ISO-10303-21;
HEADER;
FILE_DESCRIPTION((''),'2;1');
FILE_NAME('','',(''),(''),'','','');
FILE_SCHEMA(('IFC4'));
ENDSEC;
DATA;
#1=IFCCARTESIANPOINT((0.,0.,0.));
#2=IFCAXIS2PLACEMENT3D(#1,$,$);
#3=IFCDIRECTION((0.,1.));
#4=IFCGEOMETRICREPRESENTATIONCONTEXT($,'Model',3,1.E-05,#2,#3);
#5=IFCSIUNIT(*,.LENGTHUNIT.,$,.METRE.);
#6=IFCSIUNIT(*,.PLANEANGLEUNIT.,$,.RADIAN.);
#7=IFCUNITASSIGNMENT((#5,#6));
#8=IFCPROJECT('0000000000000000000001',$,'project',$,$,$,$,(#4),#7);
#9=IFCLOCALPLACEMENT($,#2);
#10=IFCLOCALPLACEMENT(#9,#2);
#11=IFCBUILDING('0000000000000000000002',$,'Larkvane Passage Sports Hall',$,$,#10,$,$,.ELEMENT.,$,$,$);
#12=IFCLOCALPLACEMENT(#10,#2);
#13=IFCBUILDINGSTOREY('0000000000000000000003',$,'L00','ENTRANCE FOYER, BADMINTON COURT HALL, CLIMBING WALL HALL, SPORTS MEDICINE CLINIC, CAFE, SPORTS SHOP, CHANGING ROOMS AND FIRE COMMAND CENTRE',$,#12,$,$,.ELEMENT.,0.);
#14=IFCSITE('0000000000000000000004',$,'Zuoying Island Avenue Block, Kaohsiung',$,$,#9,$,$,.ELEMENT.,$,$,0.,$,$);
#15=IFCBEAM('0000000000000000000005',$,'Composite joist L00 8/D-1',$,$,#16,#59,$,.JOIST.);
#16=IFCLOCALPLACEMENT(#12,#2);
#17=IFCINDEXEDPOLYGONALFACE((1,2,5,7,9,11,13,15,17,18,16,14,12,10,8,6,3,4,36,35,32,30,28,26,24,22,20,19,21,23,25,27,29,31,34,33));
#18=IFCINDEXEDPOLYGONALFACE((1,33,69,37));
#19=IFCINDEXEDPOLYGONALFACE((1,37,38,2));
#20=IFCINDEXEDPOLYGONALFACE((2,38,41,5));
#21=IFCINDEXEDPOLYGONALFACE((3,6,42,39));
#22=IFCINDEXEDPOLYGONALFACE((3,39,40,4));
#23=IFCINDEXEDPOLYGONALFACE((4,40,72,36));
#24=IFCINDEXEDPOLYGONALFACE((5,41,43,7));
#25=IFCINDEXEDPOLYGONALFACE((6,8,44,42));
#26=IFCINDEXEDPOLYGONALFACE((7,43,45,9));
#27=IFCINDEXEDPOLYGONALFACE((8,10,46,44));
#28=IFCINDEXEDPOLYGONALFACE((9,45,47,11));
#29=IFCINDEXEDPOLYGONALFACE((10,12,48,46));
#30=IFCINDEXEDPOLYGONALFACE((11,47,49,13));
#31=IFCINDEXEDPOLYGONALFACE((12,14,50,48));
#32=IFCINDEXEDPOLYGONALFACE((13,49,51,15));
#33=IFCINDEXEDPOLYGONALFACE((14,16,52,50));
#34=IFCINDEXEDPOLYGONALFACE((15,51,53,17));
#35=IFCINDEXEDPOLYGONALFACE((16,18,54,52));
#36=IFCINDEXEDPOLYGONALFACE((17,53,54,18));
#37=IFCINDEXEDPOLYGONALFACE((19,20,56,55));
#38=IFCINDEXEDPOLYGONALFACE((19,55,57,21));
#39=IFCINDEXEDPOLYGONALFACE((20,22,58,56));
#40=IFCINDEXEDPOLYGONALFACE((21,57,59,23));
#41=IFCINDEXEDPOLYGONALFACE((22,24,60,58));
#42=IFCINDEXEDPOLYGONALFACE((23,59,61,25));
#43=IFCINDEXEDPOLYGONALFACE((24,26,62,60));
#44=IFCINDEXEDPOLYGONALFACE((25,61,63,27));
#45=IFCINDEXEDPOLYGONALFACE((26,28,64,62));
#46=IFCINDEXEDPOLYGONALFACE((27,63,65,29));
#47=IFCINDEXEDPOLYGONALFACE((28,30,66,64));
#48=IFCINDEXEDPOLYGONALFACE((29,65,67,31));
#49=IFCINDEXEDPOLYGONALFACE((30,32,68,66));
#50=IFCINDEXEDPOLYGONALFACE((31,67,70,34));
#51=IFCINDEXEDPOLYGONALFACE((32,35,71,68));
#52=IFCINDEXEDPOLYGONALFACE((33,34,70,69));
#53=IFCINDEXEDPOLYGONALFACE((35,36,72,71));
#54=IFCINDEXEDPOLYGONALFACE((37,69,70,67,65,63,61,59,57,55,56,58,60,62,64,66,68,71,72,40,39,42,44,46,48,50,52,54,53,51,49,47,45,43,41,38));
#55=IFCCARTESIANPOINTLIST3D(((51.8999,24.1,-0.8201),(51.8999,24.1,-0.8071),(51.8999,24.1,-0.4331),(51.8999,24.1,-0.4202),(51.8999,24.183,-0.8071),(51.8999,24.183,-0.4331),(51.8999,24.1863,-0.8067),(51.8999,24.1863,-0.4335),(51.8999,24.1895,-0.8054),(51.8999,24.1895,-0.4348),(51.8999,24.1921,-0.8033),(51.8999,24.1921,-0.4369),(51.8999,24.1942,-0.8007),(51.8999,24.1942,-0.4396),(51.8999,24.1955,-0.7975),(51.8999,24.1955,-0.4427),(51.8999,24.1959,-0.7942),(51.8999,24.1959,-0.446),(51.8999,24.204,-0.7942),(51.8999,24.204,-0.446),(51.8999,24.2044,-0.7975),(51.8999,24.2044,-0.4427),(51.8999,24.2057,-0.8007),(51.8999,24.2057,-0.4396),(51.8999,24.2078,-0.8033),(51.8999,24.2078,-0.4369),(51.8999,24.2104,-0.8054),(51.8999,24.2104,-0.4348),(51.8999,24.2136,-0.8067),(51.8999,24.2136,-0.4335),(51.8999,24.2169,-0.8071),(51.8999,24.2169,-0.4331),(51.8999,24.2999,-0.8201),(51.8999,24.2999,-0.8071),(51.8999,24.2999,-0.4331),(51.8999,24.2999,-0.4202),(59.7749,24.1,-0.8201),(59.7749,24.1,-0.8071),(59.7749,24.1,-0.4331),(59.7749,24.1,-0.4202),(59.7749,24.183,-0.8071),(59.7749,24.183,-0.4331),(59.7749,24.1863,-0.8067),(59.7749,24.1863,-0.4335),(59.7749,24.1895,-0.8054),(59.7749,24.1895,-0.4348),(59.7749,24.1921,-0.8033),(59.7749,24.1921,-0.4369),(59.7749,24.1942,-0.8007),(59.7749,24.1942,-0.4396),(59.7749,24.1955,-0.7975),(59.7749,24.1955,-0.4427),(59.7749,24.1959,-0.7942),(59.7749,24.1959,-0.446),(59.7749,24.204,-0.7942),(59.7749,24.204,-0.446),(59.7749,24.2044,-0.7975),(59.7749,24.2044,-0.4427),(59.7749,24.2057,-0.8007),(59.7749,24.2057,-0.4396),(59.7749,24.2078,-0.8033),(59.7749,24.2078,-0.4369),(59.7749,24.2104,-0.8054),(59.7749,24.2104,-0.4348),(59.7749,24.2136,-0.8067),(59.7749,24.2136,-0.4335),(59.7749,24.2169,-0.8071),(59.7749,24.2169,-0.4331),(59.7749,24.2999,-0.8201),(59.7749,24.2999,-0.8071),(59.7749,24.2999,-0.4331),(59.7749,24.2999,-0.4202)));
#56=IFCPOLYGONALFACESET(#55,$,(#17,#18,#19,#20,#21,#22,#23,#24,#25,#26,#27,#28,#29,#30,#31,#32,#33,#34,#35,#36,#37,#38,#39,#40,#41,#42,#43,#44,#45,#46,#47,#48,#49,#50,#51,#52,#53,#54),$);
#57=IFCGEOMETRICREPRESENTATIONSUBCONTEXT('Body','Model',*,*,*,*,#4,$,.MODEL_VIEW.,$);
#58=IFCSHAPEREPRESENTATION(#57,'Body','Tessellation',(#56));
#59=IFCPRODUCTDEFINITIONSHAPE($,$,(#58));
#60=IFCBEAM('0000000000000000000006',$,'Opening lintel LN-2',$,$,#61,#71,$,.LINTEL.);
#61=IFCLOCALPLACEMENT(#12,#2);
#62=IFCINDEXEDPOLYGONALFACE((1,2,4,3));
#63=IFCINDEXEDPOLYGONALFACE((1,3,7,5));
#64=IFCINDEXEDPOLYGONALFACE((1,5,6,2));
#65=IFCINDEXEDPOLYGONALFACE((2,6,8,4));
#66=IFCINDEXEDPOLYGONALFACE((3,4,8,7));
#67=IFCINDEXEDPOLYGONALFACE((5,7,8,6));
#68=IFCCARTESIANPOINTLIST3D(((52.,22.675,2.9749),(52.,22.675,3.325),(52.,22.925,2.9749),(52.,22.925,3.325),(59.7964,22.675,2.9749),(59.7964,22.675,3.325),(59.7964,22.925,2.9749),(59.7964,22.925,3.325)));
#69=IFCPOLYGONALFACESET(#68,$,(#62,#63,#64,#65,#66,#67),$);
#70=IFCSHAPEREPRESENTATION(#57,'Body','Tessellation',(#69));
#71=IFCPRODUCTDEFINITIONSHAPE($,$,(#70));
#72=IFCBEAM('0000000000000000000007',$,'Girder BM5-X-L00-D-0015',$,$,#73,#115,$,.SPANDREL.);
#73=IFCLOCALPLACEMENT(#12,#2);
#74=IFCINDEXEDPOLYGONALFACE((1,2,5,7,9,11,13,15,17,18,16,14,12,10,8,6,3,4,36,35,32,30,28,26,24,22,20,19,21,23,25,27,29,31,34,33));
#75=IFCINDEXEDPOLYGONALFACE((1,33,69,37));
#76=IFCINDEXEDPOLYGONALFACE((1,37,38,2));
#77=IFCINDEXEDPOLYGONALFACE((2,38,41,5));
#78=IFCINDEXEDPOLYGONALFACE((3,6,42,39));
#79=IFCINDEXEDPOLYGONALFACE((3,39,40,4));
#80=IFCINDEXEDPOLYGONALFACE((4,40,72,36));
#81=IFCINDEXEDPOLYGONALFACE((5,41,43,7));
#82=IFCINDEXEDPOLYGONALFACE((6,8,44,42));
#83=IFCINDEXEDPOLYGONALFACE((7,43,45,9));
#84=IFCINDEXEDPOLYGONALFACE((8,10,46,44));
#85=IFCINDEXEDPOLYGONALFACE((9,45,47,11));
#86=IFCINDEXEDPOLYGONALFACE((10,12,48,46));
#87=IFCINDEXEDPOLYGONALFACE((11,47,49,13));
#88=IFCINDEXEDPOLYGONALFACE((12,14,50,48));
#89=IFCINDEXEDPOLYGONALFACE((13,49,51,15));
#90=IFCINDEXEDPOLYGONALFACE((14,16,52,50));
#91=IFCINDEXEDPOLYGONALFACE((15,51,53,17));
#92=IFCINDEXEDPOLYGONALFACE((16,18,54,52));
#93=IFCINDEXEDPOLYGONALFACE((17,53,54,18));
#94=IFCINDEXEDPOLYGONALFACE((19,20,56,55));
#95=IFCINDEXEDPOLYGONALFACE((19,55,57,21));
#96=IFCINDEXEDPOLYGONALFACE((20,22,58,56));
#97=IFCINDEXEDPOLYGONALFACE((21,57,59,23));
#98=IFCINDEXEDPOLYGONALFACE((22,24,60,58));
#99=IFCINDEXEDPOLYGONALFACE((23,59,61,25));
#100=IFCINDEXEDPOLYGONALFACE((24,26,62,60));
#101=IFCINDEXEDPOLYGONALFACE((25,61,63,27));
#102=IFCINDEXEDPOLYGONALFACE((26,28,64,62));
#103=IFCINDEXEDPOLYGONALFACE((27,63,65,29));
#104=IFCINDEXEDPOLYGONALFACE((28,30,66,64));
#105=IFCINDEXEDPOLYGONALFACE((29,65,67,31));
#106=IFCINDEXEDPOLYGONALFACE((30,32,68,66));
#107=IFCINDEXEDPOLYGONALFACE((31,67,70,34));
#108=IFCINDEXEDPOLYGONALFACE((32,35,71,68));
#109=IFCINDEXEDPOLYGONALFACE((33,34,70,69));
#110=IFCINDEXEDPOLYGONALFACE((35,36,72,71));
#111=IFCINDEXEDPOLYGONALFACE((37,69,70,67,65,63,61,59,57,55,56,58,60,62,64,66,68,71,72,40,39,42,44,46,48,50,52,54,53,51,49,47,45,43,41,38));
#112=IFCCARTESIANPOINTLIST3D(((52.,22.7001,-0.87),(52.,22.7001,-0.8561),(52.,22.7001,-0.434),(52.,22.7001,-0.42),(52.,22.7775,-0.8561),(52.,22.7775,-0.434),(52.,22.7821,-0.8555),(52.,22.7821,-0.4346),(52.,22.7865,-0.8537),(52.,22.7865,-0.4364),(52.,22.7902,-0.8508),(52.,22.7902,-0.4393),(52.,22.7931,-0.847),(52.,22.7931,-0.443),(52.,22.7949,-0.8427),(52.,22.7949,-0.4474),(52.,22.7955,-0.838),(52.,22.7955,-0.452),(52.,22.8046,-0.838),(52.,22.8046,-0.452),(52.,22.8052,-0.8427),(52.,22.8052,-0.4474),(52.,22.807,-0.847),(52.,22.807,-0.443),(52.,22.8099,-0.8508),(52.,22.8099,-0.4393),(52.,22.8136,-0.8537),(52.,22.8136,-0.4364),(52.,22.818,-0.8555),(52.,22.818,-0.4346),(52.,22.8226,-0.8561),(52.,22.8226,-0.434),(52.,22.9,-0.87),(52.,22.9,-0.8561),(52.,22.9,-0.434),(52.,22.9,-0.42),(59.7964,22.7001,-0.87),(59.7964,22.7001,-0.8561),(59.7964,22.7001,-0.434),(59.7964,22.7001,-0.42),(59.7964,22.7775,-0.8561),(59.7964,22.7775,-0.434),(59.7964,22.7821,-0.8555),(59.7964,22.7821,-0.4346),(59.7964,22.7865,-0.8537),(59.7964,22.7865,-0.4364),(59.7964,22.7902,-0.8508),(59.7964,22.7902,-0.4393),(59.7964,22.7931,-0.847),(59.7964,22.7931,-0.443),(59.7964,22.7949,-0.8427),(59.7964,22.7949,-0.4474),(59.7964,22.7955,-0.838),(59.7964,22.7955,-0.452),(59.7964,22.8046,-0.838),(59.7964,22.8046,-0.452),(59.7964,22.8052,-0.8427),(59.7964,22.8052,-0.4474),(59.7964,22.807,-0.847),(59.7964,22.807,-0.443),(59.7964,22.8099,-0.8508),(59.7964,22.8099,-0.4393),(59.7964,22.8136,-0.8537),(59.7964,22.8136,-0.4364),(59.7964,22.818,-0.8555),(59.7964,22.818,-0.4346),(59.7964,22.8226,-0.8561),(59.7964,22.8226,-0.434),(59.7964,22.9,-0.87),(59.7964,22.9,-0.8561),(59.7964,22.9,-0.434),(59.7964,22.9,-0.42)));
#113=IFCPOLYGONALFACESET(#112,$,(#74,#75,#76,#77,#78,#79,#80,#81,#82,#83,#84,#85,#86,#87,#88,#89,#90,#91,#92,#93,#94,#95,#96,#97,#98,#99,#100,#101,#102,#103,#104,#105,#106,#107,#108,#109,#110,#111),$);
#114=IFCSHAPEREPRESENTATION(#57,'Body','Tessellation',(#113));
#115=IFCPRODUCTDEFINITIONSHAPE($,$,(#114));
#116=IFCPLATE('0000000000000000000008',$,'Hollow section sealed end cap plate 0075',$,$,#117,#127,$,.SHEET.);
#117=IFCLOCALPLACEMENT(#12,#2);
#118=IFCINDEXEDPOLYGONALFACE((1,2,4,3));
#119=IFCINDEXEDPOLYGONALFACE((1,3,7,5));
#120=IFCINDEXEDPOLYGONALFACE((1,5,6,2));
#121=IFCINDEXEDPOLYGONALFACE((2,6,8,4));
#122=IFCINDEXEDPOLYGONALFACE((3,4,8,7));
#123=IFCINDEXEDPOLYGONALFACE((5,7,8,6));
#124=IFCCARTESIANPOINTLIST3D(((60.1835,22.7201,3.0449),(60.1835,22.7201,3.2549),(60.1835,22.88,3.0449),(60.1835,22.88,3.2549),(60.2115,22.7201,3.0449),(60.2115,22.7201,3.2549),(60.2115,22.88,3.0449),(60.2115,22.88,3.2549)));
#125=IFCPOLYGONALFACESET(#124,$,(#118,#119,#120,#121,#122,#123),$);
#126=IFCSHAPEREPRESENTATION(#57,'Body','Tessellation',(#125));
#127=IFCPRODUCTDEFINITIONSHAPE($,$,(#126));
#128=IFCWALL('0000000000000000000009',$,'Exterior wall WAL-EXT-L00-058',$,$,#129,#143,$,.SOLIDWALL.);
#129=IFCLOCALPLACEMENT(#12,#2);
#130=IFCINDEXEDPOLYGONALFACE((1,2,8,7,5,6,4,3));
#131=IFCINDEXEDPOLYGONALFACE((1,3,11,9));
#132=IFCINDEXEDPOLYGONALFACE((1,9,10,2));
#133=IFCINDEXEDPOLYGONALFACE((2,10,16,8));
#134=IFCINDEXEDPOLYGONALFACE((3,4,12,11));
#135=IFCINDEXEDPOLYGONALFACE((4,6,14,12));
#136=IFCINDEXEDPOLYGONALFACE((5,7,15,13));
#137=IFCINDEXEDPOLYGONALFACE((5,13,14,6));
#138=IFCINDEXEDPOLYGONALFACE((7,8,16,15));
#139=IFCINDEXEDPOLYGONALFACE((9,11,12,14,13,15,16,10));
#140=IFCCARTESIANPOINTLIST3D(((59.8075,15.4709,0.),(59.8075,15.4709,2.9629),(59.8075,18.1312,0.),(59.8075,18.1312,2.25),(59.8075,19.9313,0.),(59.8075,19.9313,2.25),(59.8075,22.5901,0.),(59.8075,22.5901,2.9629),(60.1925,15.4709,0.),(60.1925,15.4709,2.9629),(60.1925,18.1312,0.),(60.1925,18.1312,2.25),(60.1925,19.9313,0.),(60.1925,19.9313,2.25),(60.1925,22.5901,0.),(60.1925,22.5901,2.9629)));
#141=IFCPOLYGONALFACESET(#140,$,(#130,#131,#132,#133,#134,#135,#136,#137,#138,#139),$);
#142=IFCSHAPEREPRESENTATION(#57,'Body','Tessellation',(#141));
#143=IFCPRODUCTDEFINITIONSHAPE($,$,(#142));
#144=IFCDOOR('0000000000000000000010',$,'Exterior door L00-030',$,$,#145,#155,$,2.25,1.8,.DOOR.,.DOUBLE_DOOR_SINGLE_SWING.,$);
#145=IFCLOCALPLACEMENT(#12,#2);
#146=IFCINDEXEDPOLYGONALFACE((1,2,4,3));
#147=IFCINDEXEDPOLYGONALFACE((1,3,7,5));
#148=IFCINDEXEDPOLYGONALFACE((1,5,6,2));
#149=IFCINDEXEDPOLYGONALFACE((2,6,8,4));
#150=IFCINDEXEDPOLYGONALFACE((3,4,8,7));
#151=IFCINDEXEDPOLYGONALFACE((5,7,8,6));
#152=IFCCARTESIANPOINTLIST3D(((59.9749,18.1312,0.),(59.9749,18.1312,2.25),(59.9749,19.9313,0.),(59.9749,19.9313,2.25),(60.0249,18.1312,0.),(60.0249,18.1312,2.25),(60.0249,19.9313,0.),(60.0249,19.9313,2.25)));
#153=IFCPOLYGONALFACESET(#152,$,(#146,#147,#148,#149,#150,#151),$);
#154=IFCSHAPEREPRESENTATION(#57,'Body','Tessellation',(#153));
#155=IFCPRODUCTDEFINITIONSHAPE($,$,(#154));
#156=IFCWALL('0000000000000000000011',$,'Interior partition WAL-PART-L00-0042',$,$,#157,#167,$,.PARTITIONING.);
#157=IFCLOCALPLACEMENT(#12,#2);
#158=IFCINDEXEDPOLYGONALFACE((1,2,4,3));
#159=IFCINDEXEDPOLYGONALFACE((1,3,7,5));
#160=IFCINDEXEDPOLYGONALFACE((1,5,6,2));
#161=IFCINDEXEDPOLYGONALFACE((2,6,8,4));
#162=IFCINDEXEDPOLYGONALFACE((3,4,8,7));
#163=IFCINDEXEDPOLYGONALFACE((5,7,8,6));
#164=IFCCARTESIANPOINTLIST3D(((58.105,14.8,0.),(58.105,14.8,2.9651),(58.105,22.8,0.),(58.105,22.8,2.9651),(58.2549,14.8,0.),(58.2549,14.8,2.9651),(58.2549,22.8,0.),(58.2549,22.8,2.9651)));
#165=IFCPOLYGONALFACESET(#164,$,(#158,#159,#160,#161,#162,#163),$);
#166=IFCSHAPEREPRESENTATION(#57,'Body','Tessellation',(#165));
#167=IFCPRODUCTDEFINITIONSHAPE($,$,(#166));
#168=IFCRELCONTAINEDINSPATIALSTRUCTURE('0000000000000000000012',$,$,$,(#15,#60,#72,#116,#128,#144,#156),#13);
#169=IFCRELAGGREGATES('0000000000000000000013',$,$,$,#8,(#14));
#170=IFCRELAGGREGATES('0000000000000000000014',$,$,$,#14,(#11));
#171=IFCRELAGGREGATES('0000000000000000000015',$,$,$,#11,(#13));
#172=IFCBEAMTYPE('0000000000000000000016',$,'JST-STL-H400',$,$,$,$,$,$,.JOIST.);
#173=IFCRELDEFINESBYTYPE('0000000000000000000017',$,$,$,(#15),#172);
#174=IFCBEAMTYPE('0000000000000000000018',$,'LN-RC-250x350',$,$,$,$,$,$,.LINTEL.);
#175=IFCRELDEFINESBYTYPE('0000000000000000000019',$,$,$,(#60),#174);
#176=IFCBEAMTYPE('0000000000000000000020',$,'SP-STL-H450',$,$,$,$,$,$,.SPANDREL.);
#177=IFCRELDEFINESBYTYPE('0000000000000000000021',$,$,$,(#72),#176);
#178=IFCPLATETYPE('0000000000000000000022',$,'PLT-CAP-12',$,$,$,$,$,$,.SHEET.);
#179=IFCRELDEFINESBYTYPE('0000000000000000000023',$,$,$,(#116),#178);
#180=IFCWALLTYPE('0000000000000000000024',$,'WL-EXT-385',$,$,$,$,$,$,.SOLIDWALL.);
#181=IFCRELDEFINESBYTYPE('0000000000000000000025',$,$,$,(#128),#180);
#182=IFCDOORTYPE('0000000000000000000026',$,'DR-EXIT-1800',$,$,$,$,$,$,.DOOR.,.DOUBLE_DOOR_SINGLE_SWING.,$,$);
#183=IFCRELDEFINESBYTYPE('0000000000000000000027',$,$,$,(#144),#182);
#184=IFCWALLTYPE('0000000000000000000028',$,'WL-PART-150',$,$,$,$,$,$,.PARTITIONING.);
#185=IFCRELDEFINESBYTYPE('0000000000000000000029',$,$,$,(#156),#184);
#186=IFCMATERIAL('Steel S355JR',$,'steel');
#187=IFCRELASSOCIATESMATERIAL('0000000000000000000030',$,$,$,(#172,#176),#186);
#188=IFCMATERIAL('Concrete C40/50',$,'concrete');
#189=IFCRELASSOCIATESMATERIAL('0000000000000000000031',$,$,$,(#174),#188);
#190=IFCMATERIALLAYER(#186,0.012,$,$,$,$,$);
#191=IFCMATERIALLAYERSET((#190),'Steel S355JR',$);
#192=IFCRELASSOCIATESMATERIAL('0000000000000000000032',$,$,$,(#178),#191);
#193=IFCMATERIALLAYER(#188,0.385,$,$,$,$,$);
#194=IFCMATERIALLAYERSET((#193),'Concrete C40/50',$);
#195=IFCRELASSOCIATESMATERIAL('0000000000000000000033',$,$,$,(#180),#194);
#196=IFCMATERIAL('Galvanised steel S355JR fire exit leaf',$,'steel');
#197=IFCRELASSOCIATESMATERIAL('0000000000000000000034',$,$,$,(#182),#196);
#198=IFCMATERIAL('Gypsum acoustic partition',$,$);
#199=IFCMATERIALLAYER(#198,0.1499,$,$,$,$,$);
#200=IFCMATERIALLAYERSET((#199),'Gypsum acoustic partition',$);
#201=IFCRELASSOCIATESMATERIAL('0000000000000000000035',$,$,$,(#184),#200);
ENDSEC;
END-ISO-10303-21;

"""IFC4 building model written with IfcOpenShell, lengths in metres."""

from ifc_helpers import new_model, si_unit, direction, frame, frame_2d, origin, origin_2d, place, context, subcontext, project, spatial, rectangle, i_section, extrude, material, layer, layer_set, material_profile, profile_set, type_object, element, fill, save


model = new_model("IFC4")

# Units and contexts
model_context = context("Model", 3, precision=1e-05, world=origin(), true_north=direction((0.0, 1.0)))
body_context = subcontext(model_context, "Body", "Model", "MODEL_VIEW")
ifc_project = project(units=[si_unit("LENGTHUNIT", "METRE"), si_unit("PLANEANGLEUNIT", "RADIAN")], contexts=[model_context])

# Site, building, storey
site_placement = place(None, origin())
site = spatial("IfcSite", under=ifc_project, at=site_placement, Name="Zuoying Island Avenue Block, Kaohsiung", CompositionType="ELEMENT", RefElevation=0.0)
building_placement = place(site_placement, origin())
building = spatial("IfcBuilding", under=site, at=building_placement, Name="Larkvane Passage Sports Hall", CompositionType="ELEMENT")
storey_placement = place(building_placement, origin())
storey = spatial("IfcBuildingStorey", under=building, at=storey_placement, Name="L00", Description="ENTRANCE FOYER, BADMINTON COURT HALL, CLIMBING WALL HALL, SPORTS MEDICINE CLINIC, CAFE, SPORTS SHOP, CHANGING ROOMS AND FIRE COMMAND CENTRE", CompositionType="ELEMENT", Elevation=0.0)

# Shared definitions
ifc_material_1 = material(Name="Concrete C40/50", Category="concrete")

# Beams
ifc_material_2 = material(Name="Steel S355JR", Category="steel")
ifc_material_profile_1 = material_profile(ifc_material_2, i_section(OverallWidth=0.2, OverallDepth=0.3999, WebThickness=0.0081, FlangeThickness=0.0129, FilletRadius=0.0129, at=origin_2d()), Name="H-400x200x8x13")
ifc_profile_set_1 = profile_set([ifc_material_profile_1], Name="Steel S355JR")
beam_type_1 = type_object("IfcBeamType", Name="JST-STL-H400", PredefinedType="JOIST", material=ifc_profile_set_1)
beam_1_placement = place(storey_placement, frame((51.8999, 24.2, -0.6201), z_axis=(1.0, 0.0, 0.0), x_axis=(0.0, 1.0, 0.0)))
element("IfcBeam", 1, at=beam_1_placement, inside=storey, type_object=beam_type_1, Name="Composite joist L00 8/D-1", PredefinedType="JOIST", context=body_context, shape_type="SweptSolid", body=[
    extrude(i_section(OverallWidth=0.2, OverallDepth=0.3999, WebThickness=0.0081, FlangeThickness=0.0129, FilletRadius=0.0129, at=origin_2d()), origin(), (0.0, 0.0, 1.0), 7.875),
])
ifc_material_profile_2 = material_profile(ifc_material_1, rectangle(XDim=0.25, YDim=0.3501, at=origin_2d()), Name="RC-LN-250x350")
ifc_profile_set_2 = profile_set([ifc_material_profile_2], Name="Concrete C40/50")
beam_type_2 = type_object("IfcBeamType", Name="LN-RC-250x350", PredefinedType="LINTEL", material=ifc_profile_set_2)
beam_2_placement = place(storey_placement, frame((52.0, 22.8, 3.1499), z_axis=(1.0, 0.0, 0.0), x_axis=(0.0, 1.0, 0.0)))
element("IfcBeam", 2, at=beam_2_placement, inside=storey, type_object=beam_type_2, Name="Opening lintel LN-2", PredefinedType="LINTEL", context=body_context, shape_type="SweptSolid", body=[
    extrude(rectangle(XDim=0.25, YDim=0.3501, at=origin_2d()), origin(), (0.0, 0.0, 1.0), 7.7964),
])
ifc_material_profile_3 = material_profile(ifc_material_2, i_section(OverallWidth=0.2, OverallDepth=0.45, WebThickness=0.009, FlangeThickness=0.0139, FilletRadius=0.0181, at=origin_2d()), Name="H-450x200x9x14")
ifc_profile_set_3 = profile_set([ifc_material_profile_3], Name="Steel S355JR")
beam_type_3 = type_object("IfcBeamType", Name="SP-STL-H450", PredefinedType="SPANDREL", material=ifc_profile_set_3)
beam_3_placement = place(storey_placement, frame((52.0, 22.8, -0.645), z_axis=(1.0, 0.0, 0.0), x_axis=(0.0, 1.0, 0.0)))
element("IfcBeam", 3, at=beam_3_placement, inside=storey, type_object=beam_type_3, Name="Girder BM5-X-L00-D-0015", PredefinedType="SPANDREL", context=body_context, shape_type="SweptSolid", body=[
    extrude(i_section(OverallWidth=0.2, OverallDepth=0.45, WebThickness=0.009, FlangeThickness=0.0139, FilletRadius=0.0181, at=origin_2d()), origin(), (0.0, 0.0, 1.0), 7.7964),
])

# Plate
ifc_layer_1 = layer(ifc_material_2, 0.012)
ifc_layer_set_1 = layer_set([ifc_layer_1], Name="Steel S355JR")
plate_type = type_object("IfcPlateType", Name="PLT-CAP-12", PredefinedType="SHEET", material=ifc_layer_set_1)
plate_placement = place(storey_placement, frame((60.1975, 22.8, 3.0449), z_axis=(0.0, 0.0, 1.0), x_axis=(0.0, 1.0, 0.0)))
element("IfcPlate", 4, at=plate_placement, inside=storey, type_object=plate_type, Name="Hollow section sealed end cap plate 0075", PredefinedType="SHEET", context=body_context, shape_type="SweptSolid", body=[
    extrude(rectangle(XDim=0.1599, YDim=0.0281, at=origin_2d()), origin(), (0.0, 0.0, 1.0), 0.21),
])

# Wall, opening, door
ifc_layer_2 = layer(ifc_material_1, 0.385)
ifc_layer_set_2 = layer_set([ifc_layer_2], Name="Concrete C40/50")
wall_type_1 = type_object("IfcWallType", Name="WL-EXT-385", PredefinedType="SOLIDWALL", material=ifc_layer_set_2)
wall_1_placement = place(storey_placement, frame((60.0, 22.5901, 0.0), z_axis=(0.0, 0.0, 1.0), x_axis=(0.0, -1.0, 0.0)))
wall_1 = element("IfcWall", 5, at=wall_1_placement, inside=storey, type_object=wall_type_1, Name="Exterior wall WAL-EXT-L00-058", PredefinedType="SOLIDWALL", context=body_context, shape_type="SweptSolid", body=[
    extrude(rectangle(XDim=7.1191, YDim=0.385, at=frame_2d((3.5596, 0.0))), origin(), (0.0, 0.0, 1.0), 2.9629),
])
opening_placement = place(wall_1_placement, frame((2.6589, 0.0, 0.0)))
opening = element("IfcOpeningElement", 6, at=opening_placement, cuts=wall_1, PredefinedType="OPENING", context=body_context, shape_type="SweptSolid", body=[
    extrude(rectangle(XDim=1.8, YDim=2.25, at=frame_2d((0.8999, 1.125))), frame((0.0, 0.2024, 0.0), z_axis=(0.0, -1.0, 0.0), x_axis=(1.0, 0.0, 0.0)), (0.0, 0.0, 1.0), 0.405),
])
ifc_material_3 = material(Name="Galvanised steel S355JR fire exit leaf", Category="steel")
door_type = type_object("IfcDoorType", Name="DR-EXIT-1800", OperationType="DOUBLE_DOOR_SINGLE_SWING", PredefinedType="DOOR", material=ifc_material_3)
door_placement = place(opening_placement, origin())
door = element("IfcDoor", 7, at=door_placement, inside=storey, type_object=door_type, Name="Exterior door L00-030", OperationType="DOUBLE_DOOR_SINGLE_SWING", OverallHeight=2.25, OverallWidth=1.8, PredefinedType="DOOR", context=body_context, shape_type="SweptSolid", body=[
    extrude(rectangle(XDim=1.8, YDim=2.25, at=frame_2d((0.8999, 1.125))), frame((0.0, 0.0249, 0.0), z_axis=(0.0, -1.0, 0.0), x_axis=(1.0, 0.0, 0.0)), (0.0, 0.0, 1.0), 0.05),
])
fill(opening, door)

# Wall
ifc_material_4 = material(Name="Gypsum acoustic partition")
ifc_layer_3 = layer(ifc_material_4, 0.1499)
ifc_layer_set_3 = layer_set([ifc_layer_3], Name="Gypsum acoustic partition")
wall_type_2 = type_object("IfcWallType", Name="WL-PART-150", PredefinedType="PARTITIONING", material=ifc_layer_set_3)
wall_2_placement = place(storey_placement, frame((58.1799, 22.8, 0.0), z_axis=(0.0, 0.0, 1.0), x_axis=(0.0, -1.0, 0.0)))
element("IfcWall", 8, at=wall_2_placement, inside=storey, type_object=wall_type_2, Name="Interior partition WAL-PART-L00-0042", PredefinedType="PARTITIONING", context=body_context, shape_type="SweptSolid", body=[
    extrude(rectangle(XDim=8.0, YDim=0.1499, at=frame_2d((4.0, 0.0))), origin(), (0.0, 0.0, 1.0), 2.9651),
])

save(model, "model.ifc")
